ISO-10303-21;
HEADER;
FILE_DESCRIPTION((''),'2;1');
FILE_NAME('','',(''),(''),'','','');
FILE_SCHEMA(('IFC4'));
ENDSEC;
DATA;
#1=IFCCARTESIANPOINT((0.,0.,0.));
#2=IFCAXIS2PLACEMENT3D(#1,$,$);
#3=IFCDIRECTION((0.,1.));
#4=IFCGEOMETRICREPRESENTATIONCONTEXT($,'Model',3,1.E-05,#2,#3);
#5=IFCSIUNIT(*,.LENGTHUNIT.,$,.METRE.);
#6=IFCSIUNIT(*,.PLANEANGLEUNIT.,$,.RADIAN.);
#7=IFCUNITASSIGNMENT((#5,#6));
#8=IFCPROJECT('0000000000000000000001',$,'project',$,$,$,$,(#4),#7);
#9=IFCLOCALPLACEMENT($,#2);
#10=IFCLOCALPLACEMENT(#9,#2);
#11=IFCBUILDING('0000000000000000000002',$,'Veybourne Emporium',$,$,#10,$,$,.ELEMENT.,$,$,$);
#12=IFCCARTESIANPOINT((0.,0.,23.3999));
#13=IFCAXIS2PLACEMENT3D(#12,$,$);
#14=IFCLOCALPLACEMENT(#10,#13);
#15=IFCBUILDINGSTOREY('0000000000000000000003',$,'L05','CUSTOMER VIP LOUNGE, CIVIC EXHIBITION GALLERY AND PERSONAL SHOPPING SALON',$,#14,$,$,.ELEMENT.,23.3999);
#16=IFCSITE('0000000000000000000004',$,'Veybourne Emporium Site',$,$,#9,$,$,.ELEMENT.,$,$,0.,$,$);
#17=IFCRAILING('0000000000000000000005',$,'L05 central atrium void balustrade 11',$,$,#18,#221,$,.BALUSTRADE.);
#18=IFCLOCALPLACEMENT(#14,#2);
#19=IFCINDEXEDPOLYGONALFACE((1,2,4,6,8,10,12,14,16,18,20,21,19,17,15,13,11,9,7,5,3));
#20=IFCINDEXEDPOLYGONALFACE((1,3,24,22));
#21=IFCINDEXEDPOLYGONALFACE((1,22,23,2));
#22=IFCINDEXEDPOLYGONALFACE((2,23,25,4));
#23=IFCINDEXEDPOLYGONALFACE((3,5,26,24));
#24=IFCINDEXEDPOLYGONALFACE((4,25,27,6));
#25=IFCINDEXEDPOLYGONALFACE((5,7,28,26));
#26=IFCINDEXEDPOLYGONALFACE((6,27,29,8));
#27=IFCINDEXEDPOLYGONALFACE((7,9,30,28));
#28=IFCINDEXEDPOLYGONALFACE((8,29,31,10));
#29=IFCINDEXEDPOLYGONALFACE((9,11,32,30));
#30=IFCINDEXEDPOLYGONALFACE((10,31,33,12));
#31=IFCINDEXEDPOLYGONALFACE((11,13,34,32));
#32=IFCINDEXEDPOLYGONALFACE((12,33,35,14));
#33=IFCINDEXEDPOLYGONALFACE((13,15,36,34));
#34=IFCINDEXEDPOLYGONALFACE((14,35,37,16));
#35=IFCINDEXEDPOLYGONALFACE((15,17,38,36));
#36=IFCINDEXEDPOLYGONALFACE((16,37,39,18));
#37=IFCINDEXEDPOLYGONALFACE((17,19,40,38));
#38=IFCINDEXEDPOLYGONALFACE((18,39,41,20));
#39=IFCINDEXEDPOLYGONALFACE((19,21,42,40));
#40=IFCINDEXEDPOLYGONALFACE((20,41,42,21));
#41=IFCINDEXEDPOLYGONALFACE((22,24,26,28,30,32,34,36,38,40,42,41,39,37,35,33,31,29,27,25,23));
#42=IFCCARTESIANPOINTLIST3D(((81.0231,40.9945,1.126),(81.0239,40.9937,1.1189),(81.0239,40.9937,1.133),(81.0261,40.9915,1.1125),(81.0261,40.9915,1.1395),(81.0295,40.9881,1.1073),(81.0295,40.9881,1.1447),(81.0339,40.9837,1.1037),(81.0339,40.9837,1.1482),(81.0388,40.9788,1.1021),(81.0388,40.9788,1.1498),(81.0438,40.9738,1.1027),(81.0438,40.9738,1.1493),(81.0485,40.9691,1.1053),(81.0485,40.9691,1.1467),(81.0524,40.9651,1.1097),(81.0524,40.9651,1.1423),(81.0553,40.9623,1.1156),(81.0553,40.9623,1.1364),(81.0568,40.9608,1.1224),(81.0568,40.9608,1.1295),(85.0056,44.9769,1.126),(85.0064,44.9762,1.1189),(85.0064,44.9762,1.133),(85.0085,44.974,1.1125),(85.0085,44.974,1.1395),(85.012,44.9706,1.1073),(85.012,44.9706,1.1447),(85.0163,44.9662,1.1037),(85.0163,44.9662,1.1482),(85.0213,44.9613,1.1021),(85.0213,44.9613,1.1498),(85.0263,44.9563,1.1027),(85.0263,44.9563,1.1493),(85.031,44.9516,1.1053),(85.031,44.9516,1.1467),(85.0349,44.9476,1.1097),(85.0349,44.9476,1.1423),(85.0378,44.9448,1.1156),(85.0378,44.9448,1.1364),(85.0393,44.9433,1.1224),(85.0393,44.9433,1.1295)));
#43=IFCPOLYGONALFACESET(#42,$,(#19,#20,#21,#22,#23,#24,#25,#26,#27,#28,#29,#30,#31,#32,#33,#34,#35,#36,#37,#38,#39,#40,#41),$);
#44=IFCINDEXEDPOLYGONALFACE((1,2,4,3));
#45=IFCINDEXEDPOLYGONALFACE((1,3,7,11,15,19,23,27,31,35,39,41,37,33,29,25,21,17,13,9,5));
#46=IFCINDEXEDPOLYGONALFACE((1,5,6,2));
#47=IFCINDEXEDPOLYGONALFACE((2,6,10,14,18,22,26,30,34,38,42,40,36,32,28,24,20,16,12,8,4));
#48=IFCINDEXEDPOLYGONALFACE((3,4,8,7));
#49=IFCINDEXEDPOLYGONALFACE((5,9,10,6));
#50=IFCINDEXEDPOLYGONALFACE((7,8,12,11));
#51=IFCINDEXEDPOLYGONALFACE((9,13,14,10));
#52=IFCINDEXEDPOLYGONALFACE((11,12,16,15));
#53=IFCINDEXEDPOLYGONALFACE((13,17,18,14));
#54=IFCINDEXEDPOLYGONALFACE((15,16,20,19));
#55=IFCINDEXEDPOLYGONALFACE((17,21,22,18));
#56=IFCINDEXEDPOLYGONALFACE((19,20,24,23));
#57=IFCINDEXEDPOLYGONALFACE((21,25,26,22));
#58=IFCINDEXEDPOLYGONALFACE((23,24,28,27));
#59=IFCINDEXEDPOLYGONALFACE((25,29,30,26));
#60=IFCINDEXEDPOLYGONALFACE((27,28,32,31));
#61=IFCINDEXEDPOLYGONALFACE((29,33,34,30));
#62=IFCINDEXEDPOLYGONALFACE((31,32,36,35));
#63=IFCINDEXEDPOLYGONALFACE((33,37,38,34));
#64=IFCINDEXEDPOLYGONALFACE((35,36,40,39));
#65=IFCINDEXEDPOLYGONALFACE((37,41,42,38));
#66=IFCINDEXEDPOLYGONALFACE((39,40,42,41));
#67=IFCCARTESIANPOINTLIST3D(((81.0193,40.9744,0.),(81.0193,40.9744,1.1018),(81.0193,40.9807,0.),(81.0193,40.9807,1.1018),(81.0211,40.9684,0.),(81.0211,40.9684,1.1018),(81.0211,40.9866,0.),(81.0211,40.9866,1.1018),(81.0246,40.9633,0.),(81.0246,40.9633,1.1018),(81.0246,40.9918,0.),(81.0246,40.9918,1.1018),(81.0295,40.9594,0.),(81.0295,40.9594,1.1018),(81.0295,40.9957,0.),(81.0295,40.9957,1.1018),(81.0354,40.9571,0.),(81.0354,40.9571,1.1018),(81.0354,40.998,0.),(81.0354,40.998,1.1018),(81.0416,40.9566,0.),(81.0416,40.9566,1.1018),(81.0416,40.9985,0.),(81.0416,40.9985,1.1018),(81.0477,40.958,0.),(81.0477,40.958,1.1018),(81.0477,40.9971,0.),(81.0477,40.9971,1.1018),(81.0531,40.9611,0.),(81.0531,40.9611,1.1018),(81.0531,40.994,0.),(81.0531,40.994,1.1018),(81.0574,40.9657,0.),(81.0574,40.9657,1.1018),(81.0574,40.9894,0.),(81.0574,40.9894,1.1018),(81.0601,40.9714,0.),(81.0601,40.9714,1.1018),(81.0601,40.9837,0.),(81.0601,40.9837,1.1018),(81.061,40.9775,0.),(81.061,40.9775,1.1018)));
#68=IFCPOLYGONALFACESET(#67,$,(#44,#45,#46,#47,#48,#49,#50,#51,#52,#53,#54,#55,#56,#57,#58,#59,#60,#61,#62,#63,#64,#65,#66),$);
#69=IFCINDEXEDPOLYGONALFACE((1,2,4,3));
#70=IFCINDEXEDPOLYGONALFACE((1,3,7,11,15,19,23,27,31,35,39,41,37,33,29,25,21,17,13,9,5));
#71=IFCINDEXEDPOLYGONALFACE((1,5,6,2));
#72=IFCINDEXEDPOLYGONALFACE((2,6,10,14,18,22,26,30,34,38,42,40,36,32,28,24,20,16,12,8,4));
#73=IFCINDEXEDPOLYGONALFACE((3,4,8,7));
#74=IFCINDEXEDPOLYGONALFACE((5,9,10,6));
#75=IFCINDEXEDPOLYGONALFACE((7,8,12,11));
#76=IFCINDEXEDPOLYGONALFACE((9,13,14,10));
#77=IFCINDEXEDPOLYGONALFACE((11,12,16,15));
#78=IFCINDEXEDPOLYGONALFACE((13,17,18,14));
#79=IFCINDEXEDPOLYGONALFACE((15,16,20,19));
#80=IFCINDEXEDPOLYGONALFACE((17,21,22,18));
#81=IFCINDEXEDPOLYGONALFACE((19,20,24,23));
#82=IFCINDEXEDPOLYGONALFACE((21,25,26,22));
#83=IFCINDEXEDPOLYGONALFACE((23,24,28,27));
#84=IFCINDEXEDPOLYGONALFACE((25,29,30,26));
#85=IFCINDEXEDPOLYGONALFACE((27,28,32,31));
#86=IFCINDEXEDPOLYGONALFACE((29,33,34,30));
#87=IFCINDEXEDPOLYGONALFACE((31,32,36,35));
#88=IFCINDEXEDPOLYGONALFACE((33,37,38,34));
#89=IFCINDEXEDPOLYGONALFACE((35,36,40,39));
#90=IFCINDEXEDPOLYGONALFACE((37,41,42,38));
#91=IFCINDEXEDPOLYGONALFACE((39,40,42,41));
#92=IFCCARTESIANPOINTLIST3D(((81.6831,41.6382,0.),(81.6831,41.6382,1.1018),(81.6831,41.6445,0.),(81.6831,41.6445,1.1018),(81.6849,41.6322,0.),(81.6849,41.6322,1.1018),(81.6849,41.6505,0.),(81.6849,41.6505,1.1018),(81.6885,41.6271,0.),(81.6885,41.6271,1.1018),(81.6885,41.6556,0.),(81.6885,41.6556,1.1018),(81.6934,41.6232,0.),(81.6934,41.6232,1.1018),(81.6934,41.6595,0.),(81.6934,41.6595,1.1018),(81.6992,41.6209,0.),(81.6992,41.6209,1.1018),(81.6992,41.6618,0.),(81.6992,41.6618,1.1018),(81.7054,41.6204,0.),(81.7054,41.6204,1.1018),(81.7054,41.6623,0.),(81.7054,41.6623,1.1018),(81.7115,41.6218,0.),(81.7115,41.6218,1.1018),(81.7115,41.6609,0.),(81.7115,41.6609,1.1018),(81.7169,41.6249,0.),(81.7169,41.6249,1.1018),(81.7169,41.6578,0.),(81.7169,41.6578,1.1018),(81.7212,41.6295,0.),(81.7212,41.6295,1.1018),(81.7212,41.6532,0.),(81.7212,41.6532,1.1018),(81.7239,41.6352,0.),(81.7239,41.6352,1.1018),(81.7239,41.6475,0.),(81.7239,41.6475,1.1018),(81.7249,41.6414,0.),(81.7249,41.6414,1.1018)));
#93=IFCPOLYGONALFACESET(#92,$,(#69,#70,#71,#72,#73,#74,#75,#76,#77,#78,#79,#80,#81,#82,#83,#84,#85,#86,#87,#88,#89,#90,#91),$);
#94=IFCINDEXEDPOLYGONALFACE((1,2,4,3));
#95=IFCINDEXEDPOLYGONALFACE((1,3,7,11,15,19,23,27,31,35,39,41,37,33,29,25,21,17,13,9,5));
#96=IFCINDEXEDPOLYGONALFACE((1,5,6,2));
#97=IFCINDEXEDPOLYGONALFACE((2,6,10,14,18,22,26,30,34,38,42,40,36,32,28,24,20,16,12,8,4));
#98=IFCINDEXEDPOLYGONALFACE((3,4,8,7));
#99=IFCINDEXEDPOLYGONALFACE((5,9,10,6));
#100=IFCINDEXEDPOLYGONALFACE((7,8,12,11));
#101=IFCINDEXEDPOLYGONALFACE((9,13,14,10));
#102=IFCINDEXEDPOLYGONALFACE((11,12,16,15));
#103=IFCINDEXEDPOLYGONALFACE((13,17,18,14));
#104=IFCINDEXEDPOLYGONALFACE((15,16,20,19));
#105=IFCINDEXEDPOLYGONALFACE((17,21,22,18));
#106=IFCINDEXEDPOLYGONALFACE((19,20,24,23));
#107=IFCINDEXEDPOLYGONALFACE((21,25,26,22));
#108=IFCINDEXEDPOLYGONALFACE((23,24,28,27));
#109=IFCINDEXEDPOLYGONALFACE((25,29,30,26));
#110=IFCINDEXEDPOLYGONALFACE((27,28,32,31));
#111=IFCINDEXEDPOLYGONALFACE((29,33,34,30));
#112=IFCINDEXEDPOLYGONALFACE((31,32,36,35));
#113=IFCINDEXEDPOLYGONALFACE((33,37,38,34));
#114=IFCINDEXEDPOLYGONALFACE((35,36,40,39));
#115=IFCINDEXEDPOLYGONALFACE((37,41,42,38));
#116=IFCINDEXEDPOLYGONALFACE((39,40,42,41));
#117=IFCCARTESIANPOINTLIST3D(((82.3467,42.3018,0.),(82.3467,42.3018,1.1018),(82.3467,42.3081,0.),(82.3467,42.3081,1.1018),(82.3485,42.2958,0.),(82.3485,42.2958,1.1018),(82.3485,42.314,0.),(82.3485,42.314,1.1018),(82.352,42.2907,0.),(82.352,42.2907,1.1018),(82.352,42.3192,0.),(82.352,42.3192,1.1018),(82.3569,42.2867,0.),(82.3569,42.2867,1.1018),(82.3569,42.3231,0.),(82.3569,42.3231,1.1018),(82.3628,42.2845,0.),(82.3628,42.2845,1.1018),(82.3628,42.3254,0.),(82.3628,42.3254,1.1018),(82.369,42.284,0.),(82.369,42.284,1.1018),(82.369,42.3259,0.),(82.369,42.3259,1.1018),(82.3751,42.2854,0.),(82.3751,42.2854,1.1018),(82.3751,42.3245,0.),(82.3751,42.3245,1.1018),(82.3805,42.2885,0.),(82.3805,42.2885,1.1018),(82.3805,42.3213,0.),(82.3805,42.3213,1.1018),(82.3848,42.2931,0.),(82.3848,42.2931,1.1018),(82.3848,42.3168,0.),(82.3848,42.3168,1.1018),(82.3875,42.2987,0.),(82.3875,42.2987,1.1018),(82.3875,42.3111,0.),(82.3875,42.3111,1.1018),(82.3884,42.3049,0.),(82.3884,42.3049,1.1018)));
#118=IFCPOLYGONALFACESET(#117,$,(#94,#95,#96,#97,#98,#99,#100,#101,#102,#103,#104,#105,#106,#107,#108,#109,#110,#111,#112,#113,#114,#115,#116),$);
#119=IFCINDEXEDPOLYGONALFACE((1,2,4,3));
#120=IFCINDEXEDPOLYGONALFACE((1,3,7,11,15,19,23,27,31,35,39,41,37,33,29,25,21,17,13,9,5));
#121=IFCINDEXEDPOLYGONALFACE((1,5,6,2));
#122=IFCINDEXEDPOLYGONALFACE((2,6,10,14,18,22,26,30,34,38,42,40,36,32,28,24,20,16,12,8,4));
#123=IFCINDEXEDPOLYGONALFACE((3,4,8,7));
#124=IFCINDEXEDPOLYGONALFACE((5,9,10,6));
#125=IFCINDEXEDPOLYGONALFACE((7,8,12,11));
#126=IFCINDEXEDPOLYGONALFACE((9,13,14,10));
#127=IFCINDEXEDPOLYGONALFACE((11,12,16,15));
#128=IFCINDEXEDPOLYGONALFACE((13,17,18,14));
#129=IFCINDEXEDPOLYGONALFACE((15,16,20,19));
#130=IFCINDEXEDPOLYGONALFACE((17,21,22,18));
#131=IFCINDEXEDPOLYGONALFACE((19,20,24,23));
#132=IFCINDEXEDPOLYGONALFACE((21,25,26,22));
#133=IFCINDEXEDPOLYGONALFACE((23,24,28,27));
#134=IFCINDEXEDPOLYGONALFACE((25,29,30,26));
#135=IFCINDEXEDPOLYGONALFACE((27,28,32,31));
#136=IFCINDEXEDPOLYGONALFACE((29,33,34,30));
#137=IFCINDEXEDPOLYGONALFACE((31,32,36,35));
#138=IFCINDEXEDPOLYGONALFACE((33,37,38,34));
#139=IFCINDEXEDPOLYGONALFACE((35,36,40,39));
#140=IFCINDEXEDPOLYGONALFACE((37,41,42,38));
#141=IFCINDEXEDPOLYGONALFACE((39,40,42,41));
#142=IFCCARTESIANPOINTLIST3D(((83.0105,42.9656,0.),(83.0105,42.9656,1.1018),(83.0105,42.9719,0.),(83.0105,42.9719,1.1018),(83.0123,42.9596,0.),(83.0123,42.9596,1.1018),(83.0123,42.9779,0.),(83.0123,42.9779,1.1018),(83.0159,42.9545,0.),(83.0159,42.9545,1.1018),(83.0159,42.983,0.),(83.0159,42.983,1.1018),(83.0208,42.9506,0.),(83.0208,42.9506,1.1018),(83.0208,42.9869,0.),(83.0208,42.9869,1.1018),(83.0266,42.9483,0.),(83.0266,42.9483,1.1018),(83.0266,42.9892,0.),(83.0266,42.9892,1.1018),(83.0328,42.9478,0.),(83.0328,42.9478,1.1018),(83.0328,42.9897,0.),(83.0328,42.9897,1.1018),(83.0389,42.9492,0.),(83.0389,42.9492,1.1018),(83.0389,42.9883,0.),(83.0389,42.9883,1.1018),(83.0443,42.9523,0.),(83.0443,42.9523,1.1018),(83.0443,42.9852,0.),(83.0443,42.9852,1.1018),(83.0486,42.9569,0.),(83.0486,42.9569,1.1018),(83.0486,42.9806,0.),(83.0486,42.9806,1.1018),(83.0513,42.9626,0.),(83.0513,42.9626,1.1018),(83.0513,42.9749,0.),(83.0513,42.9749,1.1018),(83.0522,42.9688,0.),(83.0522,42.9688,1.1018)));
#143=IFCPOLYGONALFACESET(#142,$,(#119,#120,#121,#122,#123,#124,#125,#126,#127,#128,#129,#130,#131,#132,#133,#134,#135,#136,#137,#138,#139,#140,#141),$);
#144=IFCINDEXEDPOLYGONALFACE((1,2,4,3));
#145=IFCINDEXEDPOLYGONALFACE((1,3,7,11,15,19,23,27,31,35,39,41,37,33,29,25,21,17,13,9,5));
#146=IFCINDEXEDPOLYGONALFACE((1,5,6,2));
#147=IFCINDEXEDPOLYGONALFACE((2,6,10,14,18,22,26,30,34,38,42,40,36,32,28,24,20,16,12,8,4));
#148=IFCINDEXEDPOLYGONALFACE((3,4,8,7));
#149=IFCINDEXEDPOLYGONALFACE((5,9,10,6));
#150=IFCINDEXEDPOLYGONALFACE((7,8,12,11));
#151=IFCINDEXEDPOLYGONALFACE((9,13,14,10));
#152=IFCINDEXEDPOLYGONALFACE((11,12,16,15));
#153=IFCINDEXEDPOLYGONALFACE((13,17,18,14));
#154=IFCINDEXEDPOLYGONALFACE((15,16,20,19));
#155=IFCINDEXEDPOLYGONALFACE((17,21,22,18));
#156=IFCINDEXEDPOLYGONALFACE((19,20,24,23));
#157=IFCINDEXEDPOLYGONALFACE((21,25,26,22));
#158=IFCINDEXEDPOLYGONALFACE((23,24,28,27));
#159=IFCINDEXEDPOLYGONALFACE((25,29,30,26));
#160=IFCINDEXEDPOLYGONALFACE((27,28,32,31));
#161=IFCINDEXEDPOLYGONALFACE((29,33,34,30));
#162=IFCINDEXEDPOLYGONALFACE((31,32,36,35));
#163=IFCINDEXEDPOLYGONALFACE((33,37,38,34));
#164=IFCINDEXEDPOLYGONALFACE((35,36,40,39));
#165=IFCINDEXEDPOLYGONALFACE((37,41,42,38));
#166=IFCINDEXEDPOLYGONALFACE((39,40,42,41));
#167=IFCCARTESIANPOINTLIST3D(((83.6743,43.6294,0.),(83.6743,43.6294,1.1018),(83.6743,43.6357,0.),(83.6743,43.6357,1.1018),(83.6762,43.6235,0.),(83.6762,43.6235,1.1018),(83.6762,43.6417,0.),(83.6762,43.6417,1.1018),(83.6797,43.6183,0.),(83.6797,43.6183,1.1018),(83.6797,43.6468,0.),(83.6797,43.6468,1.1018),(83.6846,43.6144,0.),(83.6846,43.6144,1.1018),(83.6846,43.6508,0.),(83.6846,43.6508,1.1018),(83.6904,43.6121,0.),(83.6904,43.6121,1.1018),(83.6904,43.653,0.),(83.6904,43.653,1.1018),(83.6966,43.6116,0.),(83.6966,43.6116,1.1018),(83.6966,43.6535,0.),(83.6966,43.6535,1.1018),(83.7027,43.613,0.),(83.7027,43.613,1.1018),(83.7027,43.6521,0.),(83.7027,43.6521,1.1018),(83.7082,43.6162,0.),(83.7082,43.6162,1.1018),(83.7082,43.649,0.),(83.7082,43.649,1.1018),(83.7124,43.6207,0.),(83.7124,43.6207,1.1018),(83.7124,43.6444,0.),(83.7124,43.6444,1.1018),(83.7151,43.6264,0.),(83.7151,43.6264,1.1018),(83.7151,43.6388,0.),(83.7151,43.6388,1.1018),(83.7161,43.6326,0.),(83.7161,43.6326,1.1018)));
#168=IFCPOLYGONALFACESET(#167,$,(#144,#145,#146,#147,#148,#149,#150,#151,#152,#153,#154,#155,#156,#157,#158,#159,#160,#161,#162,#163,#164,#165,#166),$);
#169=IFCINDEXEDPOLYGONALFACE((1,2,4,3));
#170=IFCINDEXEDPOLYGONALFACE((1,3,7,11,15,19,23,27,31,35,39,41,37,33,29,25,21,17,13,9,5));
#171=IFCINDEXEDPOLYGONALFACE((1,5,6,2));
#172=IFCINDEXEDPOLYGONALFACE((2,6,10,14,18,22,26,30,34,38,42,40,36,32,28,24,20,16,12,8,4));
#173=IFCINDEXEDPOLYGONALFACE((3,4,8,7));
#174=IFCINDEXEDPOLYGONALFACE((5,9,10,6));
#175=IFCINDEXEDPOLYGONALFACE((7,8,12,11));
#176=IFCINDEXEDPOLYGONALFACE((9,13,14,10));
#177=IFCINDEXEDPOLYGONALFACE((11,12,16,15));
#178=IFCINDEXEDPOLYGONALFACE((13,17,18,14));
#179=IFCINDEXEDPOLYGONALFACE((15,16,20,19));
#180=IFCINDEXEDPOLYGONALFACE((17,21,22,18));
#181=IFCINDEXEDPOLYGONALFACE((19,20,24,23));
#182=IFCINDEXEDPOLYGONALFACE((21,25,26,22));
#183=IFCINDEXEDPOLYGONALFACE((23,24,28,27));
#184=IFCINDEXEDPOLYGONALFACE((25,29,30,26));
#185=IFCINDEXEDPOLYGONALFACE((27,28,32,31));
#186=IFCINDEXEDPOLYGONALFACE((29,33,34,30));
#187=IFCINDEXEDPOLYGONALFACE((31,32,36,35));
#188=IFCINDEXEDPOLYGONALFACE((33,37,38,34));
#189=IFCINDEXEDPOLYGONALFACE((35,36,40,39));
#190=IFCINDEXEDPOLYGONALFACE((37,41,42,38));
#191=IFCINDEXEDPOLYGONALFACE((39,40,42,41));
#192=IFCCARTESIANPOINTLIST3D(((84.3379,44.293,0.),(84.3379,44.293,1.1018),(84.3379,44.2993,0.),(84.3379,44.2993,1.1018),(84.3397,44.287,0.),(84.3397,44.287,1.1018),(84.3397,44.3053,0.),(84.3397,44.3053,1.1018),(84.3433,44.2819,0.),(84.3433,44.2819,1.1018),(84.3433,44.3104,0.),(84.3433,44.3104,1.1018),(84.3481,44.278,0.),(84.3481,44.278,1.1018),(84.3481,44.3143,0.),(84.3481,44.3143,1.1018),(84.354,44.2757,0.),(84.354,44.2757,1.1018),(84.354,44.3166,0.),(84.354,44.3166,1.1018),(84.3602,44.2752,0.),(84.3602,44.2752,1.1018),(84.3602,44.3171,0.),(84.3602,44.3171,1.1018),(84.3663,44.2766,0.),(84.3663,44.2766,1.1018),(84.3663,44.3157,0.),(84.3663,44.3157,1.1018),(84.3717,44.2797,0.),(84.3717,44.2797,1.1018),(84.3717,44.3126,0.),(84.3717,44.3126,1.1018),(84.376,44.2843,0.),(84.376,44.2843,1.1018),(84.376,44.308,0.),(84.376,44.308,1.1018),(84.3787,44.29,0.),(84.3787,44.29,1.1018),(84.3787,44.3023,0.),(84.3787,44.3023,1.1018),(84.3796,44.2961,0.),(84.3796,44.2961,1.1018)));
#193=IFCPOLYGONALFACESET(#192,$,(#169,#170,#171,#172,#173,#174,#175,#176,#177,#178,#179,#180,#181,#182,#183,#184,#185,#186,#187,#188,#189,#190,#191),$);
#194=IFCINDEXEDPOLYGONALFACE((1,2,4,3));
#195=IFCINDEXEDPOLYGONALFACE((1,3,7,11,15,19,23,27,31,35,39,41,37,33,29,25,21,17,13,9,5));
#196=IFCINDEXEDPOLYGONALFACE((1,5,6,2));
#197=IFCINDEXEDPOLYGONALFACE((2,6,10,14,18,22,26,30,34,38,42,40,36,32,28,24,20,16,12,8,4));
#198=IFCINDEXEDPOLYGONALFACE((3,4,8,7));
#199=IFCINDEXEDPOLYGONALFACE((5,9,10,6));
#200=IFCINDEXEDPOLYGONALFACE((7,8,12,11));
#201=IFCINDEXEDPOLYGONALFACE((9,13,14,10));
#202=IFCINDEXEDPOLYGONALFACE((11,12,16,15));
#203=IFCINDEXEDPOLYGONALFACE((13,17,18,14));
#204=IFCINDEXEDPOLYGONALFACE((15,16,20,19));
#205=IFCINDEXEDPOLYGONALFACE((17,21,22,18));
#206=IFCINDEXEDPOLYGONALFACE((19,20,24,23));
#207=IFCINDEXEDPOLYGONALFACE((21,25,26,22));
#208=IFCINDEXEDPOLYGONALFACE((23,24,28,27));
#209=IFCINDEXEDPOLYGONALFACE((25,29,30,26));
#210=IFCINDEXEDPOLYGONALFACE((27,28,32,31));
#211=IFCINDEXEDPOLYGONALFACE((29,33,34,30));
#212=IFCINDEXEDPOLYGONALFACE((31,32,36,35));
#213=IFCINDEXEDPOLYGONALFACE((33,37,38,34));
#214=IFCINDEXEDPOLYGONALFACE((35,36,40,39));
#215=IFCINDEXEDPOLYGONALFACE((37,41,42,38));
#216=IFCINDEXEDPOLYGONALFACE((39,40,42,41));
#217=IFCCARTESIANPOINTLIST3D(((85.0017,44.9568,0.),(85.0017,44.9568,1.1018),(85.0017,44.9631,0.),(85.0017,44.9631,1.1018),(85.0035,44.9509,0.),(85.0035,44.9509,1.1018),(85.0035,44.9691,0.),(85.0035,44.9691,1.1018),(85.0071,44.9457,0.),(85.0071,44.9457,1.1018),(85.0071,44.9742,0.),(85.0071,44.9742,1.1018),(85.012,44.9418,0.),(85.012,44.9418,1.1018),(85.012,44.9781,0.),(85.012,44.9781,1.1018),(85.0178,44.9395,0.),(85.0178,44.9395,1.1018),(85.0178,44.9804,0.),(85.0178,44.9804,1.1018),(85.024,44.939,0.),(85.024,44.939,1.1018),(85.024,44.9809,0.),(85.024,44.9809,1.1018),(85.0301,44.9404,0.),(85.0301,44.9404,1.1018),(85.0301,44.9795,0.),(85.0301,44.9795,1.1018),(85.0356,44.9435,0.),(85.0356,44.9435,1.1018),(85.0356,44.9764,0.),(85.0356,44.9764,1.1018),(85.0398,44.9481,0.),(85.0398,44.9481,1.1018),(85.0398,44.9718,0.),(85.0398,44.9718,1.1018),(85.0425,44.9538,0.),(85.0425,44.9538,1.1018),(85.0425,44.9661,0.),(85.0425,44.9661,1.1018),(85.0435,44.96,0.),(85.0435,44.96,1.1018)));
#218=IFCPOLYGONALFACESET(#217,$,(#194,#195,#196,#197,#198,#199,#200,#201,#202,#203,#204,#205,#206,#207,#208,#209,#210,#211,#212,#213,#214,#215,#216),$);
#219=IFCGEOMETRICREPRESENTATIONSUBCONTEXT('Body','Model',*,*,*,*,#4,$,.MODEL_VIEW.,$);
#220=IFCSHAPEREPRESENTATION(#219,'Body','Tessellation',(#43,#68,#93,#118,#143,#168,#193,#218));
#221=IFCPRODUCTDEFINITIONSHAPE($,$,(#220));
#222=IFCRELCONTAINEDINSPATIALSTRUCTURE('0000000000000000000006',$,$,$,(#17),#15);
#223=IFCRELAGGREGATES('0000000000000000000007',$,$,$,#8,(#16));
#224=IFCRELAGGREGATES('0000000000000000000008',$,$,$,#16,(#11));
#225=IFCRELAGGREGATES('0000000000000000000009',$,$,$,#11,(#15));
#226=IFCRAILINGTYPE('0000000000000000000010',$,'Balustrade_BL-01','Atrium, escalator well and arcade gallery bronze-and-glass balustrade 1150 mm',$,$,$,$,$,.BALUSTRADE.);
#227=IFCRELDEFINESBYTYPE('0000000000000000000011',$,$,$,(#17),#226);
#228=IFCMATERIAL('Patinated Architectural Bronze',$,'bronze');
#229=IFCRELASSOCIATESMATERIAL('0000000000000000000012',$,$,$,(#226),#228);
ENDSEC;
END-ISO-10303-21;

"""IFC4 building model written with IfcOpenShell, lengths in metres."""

from ifc_helpers import new_model, si_unit, direction, frame, origin, origin_2d, place, context, subcontext, project, spatial, circle, extrude, material, type_object, element, save


model = new_model("IFC4")

# Units and contexts
model_context = context("Model", 3, precision=1e-05, world=origin(), true_north=direction((0.0, 1.0)))
body_context = subcontext(model_context, "Body", "Model", "MODEL_VIEW")
ifc_project = project(units=[si_unit("LENGTHUNIT", "METRE"), si_unit("PLANEANGLEUNIT", "RADIAN")], contexts=[model_context])

# Site, building, storey
site_placement = place(None, origin())
site = spatial("IfcSite", under=ifc_project, at=site_placement, Name="Veybourne Emporium Site", CompositionType="ELEMENT", RefElevation=0.0)
building_placement = place(site_placement, origin())
building = spatial("IfcBuilding", under=site, at=building_placement, Name="Veybourne Emporium", CompositionType="ELEMENT")
storey_placement = place(building_placement, frame((0.0, 0.0, 23.3999)))
storey = spatial("IfcBuildingStorey", under=building, at=storey_placement, Name="L05", Description="CUSTOMER VIP LOUNGE, CIVIC EXHIBITION GALLERY AND PERSONAL SHOPPING SALON", CompositionType="ELEMENT", Elevation=23.3999)

# Railing
ifc_material_1 = material(Name="Patinated Architectural Bronze", Category="bronze")
railing_type = type_object("IfcRailingType", Name="Balustrade_BL-01", Description="Atrium, escalator well and arcade gallery bronze-and-glass balustrade 1150 mm", PredefinedType="BALUSTRADE", material=ifc_material_1)
railing_1_placement = place(storey_placement, frame((81.04, 40.9775, 0.0)))
element("IfcRailing", 1, at=railing_1_placement, inside=storey, type_object=railing_type, Name="L05 central atrium void balustrade 11", PredefinedType="BALUSTRADE", context=body_context, shape_type="SweptSolid", body=[
    extrude(circle(Radius=0.0239, at=origin_2d()), frame((0.0, 0.0, 1.126), z_axis=(0.707107, 0.707107, 0.0), x_axis=(-0.707107, 0.707107, 0.0)), (0.0, 0.0, 1.0), 5.6321),
    extrude(circle(Radius=0.021, at=origin_2d()), origin(), (0.0, 0.0, 1.0), 1.1018),
    extrude(circle(Radius=0.021, at=origin_2d()), frame((0.6638, 0.6638, 0.0)), (0.0, 0.0, 1.0), 1.1018),
    extrude(circle(Radius=0.021, at=origin_2d()), frame((1.3274, 1.3274, 0.0)), (0.0, 0.0, 1.0), 1.1018),
    extrude(circle(Radius=0.021, at=origin_2d()), frame((1.9912, 1.9912, 0.0)), (0.0, 0.0, 1.0), 1.1018),
    extrude(circle(Radius=0.021, at=origin_2d()), frame((2.655, 2.655, 0.0)), (0.0, 0.0, 1.0), 1.1018),
    extrude(circle(Radius=0.021, at=origin_2d()), frame((3.3186, 3.3186, 0.0)), (0.0, 0.0, 1.0), 1.1018),
    extrude(circle(Radius=0.021, at=origin_2d()), frame((3.9824, 3.9824, 0.0)), (0.0, 0.0, 1.0), 1.1018),
])

save(model, "model.ifc")
